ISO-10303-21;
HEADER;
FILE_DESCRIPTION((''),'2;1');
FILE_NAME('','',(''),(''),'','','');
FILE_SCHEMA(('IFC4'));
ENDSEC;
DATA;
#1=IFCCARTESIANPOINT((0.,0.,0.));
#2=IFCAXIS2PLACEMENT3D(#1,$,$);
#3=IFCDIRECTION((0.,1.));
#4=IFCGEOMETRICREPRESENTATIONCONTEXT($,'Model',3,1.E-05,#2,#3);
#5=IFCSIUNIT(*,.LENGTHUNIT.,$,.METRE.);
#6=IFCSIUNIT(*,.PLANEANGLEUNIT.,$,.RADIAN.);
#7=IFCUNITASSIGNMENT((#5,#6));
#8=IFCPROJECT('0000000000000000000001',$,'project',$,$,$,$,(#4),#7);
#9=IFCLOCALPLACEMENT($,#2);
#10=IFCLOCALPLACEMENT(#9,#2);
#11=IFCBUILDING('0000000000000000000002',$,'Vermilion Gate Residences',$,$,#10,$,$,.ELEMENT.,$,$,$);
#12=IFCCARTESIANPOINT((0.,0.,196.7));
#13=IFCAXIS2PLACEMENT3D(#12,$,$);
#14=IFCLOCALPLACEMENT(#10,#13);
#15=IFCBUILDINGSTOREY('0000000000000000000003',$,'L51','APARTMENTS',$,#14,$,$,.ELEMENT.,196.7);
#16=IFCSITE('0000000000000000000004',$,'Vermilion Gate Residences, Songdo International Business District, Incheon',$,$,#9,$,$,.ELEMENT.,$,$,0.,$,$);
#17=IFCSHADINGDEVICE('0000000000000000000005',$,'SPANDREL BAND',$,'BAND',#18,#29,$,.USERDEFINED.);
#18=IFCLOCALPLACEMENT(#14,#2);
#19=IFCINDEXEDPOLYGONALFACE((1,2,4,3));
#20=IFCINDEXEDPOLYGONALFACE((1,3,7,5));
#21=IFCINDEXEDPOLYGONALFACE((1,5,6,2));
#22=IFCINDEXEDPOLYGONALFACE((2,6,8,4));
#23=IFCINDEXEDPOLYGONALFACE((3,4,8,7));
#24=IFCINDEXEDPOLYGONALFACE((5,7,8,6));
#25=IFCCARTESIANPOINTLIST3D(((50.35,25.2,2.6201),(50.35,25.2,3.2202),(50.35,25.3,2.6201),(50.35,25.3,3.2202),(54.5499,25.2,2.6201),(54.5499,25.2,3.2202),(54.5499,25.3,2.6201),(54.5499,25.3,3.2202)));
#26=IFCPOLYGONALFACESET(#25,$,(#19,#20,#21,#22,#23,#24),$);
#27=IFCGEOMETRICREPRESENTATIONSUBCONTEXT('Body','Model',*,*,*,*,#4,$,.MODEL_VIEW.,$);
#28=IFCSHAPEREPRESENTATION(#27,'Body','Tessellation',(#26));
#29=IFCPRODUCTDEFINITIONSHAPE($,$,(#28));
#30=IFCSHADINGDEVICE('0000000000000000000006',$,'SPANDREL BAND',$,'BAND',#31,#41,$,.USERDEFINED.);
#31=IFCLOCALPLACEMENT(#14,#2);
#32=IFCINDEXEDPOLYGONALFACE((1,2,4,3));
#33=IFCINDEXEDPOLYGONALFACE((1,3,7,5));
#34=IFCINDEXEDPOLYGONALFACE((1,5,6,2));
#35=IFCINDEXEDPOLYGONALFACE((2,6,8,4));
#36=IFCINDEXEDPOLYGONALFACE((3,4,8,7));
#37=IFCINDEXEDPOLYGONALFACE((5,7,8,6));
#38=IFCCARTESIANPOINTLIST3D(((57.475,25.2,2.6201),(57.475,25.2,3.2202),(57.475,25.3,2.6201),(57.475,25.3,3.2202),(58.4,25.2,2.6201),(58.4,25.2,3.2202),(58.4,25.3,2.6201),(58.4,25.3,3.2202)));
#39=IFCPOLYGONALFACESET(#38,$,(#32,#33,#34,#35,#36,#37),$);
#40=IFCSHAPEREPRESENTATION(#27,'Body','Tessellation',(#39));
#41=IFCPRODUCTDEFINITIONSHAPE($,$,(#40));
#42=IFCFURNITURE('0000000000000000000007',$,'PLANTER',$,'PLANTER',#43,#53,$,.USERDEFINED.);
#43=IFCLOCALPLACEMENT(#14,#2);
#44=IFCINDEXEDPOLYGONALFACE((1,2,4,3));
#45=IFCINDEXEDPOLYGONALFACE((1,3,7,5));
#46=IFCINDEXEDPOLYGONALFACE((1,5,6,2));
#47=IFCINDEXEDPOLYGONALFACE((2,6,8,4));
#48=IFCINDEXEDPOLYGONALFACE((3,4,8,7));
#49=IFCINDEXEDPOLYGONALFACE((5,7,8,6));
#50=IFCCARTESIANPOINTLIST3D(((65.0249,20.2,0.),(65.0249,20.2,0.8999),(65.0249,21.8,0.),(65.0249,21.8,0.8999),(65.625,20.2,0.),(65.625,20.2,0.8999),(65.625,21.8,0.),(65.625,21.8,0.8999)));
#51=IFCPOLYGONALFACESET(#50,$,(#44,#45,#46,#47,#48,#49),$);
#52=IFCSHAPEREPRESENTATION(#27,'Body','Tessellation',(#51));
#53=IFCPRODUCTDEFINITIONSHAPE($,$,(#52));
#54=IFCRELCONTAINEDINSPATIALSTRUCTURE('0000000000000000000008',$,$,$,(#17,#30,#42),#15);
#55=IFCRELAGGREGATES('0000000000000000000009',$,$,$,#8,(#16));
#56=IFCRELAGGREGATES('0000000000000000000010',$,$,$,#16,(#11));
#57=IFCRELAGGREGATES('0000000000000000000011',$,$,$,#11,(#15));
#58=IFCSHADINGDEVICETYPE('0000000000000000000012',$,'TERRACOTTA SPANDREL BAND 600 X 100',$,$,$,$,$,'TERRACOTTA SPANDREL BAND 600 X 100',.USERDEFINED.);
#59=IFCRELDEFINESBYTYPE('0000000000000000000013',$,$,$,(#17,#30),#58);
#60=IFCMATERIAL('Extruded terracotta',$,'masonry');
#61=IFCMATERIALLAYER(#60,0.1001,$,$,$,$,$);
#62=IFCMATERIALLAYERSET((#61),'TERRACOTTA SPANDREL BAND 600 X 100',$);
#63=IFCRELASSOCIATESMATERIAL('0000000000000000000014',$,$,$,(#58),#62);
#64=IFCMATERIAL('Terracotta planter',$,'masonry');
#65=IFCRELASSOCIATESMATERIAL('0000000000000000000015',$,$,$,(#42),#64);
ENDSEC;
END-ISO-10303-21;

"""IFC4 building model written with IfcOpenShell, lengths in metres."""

from ifc_helpers import new_model, si_unit, direction, frame, origin, origin_2d, place, context, subcontext, project, spatial, rectangle, extrude, material, layer, layer_set, type_object, element, save


model = new_model("IFC4")

# Units and contexts
model_context = context("Model", 3, precision=1e-05, world=origin(), true_north=direction((0.0, 1.0)))
body_context = subcontext(model_context, "Body", "Model", "MODEL_VIEW")
ifc_project = project(units=[si_unit("LENGTHUNIT", "METRE"), si_unit("PLANEANGLEUNIT", "RADIAN")], contexts=[model_context])

# Site, building, storey
site_placement = place(None, origin())
site = spatial("IfcSite", under=ifc_project, at=site_placement, Name="Vermilion Gate Residences, Songdo International Business District, Incheon", CompositionType="ELEMENT", RefElevation=0.0)
building_placement = place(site_placement, origin())
building = spatial("IfcBuilding", under=site, at=building_placement, Name="Vermilion Gate Residences", CompositionType="ELEMENT")
storey_placement = place(building_placement, frame((0.0, 0.0, 196.7)))
storey = spatial("IfcBuildingStorey", under=building, at=storey_placement, Name="L51", Description="APARTMENTS", CompositionType="ELEMENT", Elevation=196.7)

# Shading devices
ifc_material_1 = material(Name="Extruded terracotta", Category="masonry")
ifc_layer_1 = layer(ifc_material_1, 0.1001)
ifc_layer_set_1 = layer_set([ifc_layer_1], Name="TERRACOTTA SPANDREL BAND 600 X 100")
shading_device_type_1 = type_object("IfcShadingDeviceType", Name="TERRACOTTA SPANDREL BAND 600 X 100", ElementType="TERRACOTTA SPANDREL BAND 600 X 100", PredefinedType="USERDEFINED", material=ifc_layer_set_1)
shading_device_1_placement = place(storey_placement, frame((52.45, 25.25, 2.6201), z_axis=(0.0, 0.0, 1.0), x_axis=(1.0, 0.0, 0.0)))
element("IfcShadingDevice", 1, at=shading_device_1_placement, inside=storey, type_object=shading_device_type_1, Name="SPANDREL BAND", ObjectType="BAND", PredefinedType="USERDEFINED", context=body_context, shape_type="SweptSolid", body=[
    extrude(rectangle(XDim=4.2, YDim=0.1001, at=origin_2d()), origin(), (0.0, 0.0, 1.0), 0.6001),
])
shading_device_2_placement = place(storey_placement, frame((57.9375, 25.25, 2.6201), z_axis=(0.0, 0.0, 1.0), x_axis=(1.0, 0.0, 0.0)))
element("IfcShadingDevice", 2, at=shading_device_2_placement, inside=storey, type_object=shading_device_type_1, Name="SPANDREL BAND", ObjectType="BAND", PredefinedType="USERDEFINED", context=body_context, shape_type="SweptSolid", body=[
    extrude(rectangle(XDim=0.925, YDim=0.1001, at=origin_2d()), origin(), (0.0, 0.0, 1.0), 0.6001),
])

# Furniture
ifc_material_2 = material(Name="Terracotta planter", Category="masonry")
furniture_placement = place(storey_placement, frame((65.325, 21.0, 0.0), z_axis=(0.0, 0.0, 1.0), x_axis=(0.0, 1.0, 0.0)))
element("IfcFurniture", 3, at=furniture_placement, inside=storey, material=ifc_material_2, Name="PLANTER", ObjectType="PLANTER", PredefinedType="USERDEFINED", context=body_context, shape_type="SweptSolid", body=[
    extrude(rectangle(XDim=1.6001, YDim=0.6001, at=origin_2d()), origin(), (0.0, 0.0, 1.0), 0.8999),
])

save(model, "model.ifc")
